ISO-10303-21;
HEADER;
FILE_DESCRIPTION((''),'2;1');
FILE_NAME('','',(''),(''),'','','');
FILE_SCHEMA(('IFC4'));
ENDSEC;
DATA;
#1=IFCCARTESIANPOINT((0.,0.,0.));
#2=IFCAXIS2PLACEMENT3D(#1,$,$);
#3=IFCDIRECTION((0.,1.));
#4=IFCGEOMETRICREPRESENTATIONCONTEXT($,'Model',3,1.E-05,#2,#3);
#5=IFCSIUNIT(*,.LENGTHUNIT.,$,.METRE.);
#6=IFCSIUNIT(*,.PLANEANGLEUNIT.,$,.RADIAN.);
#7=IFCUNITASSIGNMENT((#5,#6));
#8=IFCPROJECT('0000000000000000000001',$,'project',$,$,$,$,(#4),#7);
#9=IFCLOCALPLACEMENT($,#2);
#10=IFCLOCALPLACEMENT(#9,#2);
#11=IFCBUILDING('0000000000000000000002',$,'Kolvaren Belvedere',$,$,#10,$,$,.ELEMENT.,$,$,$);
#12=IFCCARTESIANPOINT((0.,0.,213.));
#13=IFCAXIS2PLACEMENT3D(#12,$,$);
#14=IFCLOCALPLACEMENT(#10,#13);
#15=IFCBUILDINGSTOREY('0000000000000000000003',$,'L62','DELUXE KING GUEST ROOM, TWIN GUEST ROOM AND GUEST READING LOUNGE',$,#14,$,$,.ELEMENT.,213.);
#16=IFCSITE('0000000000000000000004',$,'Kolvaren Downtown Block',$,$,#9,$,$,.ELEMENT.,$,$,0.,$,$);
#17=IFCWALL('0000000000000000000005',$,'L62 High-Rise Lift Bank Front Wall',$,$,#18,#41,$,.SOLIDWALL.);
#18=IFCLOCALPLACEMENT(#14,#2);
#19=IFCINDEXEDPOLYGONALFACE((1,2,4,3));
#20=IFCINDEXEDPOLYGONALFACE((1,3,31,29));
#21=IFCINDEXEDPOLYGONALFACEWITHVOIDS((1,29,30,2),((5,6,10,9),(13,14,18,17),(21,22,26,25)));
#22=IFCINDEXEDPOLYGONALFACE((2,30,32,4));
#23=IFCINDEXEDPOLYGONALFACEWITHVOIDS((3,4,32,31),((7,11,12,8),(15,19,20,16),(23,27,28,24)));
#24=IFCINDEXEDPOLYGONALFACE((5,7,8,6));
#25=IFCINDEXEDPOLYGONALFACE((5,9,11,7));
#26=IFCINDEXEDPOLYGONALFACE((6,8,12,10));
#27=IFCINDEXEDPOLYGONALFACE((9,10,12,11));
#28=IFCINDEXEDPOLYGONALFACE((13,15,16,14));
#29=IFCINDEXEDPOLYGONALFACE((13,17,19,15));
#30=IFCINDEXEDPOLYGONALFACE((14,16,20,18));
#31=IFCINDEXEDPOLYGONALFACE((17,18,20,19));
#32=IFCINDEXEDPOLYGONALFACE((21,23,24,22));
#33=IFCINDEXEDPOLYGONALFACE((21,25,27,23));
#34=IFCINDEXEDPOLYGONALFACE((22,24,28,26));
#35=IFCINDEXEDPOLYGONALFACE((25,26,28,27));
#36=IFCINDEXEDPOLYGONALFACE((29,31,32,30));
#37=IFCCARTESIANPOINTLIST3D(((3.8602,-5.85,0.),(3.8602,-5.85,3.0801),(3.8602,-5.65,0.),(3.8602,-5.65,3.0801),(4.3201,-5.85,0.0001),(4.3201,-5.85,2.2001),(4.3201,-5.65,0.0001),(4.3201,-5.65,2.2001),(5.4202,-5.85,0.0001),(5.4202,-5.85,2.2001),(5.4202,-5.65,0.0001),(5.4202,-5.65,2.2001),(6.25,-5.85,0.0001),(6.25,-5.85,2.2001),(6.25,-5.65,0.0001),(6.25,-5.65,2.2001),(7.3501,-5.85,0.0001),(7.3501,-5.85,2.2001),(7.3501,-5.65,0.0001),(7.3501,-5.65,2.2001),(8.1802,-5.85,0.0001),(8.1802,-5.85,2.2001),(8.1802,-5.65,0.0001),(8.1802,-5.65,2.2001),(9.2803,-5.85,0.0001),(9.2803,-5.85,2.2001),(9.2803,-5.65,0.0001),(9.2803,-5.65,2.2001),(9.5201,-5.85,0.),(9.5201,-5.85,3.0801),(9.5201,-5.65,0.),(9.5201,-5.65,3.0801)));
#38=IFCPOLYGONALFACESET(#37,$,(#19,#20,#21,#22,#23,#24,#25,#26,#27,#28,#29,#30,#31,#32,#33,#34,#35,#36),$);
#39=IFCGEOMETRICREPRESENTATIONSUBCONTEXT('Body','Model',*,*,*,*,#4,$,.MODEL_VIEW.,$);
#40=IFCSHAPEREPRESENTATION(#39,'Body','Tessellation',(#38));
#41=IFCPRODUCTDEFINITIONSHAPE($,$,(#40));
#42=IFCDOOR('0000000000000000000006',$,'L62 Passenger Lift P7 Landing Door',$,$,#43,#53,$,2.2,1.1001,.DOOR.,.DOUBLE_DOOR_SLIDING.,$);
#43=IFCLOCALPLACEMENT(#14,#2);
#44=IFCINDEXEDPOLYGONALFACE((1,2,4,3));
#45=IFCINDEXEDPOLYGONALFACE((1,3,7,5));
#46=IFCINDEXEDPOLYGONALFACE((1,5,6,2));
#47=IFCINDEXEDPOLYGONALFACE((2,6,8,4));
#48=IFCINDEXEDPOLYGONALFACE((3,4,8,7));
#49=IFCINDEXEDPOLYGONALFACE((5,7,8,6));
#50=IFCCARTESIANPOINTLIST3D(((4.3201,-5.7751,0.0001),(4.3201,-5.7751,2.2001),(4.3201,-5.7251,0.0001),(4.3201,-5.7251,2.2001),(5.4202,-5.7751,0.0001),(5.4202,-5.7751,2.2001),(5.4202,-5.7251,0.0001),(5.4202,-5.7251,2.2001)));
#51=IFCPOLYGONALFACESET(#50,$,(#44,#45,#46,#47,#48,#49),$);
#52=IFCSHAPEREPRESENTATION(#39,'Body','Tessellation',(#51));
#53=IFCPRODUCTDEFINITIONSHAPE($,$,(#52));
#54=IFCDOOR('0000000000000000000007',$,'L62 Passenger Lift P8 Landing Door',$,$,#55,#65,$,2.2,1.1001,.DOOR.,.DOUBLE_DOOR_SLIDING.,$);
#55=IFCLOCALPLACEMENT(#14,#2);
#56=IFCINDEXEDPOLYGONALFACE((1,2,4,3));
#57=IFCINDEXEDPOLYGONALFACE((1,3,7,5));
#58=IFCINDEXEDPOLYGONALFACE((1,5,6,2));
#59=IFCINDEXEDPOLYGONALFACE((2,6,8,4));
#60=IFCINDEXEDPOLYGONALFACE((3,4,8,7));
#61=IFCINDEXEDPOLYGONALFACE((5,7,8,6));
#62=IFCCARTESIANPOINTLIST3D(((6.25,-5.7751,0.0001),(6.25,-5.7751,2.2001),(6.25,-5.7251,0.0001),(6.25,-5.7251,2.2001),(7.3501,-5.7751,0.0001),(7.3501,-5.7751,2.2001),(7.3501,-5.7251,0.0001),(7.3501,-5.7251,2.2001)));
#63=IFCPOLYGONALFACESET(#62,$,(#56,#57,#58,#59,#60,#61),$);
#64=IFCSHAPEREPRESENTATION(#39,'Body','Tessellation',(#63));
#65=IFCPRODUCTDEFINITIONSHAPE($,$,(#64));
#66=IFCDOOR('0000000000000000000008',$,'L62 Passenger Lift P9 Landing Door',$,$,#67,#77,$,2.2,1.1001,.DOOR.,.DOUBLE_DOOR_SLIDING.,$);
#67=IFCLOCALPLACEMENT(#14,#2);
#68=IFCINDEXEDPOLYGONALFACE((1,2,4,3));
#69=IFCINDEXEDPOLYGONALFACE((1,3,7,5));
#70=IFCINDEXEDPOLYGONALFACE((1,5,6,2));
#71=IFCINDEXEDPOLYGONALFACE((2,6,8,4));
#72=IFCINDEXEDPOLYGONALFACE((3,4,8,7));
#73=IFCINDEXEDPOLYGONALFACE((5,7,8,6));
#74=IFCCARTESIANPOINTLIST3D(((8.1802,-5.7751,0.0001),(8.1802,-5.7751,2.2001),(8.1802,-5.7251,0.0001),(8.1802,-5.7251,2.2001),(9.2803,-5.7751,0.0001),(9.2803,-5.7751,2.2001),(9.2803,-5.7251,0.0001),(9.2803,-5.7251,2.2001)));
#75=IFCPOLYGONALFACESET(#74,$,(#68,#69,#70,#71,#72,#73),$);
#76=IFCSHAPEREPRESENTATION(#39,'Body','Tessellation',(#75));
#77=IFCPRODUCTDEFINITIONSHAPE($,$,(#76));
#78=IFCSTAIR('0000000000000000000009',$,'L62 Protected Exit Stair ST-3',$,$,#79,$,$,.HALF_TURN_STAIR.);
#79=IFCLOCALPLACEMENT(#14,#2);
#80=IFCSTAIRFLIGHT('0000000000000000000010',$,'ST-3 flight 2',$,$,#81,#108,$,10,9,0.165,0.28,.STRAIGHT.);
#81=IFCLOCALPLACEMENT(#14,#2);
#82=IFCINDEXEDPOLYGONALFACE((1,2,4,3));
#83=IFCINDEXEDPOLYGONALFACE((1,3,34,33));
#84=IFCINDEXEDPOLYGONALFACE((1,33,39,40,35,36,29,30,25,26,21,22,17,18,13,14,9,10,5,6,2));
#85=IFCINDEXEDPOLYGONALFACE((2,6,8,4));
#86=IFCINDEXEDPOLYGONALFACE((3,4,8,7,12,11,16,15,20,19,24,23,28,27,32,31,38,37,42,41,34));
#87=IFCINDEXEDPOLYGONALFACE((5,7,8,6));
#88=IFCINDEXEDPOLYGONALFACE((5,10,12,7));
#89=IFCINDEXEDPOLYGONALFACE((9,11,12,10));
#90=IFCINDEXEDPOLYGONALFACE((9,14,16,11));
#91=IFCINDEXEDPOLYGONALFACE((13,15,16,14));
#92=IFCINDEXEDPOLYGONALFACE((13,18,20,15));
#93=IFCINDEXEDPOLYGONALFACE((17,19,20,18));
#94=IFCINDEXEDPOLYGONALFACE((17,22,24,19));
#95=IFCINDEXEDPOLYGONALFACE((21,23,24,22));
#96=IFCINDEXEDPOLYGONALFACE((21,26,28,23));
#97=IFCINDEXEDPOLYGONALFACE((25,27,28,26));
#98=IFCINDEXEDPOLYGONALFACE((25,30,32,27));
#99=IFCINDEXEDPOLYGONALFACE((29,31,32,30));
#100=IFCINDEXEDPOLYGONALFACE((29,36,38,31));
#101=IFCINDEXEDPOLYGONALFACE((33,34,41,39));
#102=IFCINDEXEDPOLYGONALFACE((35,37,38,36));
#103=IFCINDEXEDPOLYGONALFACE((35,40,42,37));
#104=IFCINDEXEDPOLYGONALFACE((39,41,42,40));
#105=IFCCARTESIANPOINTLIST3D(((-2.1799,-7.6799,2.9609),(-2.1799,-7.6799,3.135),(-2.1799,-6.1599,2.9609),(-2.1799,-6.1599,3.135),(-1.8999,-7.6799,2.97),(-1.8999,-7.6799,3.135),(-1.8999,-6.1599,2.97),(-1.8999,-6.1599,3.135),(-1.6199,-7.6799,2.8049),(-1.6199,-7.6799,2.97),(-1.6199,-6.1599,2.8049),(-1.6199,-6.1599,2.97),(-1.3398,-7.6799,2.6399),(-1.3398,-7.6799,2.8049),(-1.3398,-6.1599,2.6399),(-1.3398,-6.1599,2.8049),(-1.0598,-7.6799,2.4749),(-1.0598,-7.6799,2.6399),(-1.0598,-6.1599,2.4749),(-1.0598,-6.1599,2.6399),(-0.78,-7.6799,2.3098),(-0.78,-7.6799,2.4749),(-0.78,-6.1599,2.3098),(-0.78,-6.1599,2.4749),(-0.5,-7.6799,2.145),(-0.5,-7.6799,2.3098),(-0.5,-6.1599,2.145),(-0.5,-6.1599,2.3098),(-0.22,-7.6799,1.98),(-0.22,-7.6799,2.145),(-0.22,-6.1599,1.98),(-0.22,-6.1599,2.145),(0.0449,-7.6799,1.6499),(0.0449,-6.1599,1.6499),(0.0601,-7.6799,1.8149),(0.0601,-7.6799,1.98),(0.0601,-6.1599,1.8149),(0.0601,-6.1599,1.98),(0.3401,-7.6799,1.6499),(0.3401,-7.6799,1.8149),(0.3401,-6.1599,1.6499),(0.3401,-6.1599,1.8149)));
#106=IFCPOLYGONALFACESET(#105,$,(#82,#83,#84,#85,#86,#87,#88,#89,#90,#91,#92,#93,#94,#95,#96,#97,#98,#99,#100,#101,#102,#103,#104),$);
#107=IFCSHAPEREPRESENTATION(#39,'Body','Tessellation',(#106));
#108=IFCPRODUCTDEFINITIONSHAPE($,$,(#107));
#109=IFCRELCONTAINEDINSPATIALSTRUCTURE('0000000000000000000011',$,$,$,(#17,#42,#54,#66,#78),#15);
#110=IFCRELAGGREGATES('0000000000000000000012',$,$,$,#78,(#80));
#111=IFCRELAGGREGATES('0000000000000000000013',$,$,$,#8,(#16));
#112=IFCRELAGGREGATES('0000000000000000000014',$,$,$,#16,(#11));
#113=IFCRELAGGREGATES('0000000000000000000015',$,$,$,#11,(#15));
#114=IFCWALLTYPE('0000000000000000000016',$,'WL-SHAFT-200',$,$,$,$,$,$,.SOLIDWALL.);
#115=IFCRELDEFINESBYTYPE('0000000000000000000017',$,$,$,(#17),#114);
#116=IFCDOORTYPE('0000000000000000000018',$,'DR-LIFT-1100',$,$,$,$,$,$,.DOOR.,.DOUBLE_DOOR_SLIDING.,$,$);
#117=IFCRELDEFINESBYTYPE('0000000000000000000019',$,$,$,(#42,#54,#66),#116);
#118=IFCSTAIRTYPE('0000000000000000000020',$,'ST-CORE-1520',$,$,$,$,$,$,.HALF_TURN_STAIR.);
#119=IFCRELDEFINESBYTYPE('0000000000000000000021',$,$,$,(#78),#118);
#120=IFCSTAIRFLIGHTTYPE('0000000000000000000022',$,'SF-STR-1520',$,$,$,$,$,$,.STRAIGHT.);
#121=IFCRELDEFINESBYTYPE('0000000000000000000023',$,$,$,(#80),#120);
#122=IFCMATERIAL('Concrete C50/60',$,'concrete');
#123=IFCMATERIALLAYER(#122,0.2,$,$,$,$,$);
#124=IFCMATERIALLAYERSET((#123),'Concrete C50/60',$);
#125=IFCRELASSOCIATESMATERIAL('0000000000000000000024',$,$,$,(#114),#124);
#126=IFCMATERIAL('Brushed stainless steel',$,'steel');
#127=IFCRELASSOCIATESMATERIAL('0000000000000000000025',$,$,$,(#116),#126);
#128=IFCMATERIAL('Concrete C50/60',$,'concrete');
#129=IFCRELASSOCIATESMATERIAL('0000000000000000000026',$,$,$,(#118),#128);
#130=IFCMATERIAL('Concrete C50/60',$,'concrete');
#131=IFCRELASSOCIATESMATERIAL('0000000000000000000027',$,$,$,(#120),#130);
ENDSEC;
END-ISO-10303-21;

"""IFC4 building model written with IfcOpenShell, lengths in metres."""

from ifc_helpers import new_model, si_unit, direction, frame, frame_2d, origin, place, context, subcontext, project, spatial, polyline, rectangle, outline, extrude, material, layer, layer_set, type_object, element, fill, aggregate, save


model = new_model("IFC4")

# Units and contexts
model_context = context("Model", 3, precision=1e-05, world=origin(), true_north=direction((0.0, 1.0)))
body_context = subcontext(model_context, "Body", "Model", "MODEL_VIEW")
ifc_project = project(units=[si_unit("LENGTHUNIT", "METRE"), si_unit("PLANEANGLEUNIT", "RADIAN")], contexts=[model_context])

# Site, building, storey
site_placement = place(None, origin())
site = spatial("IfcSite", under=ifc_project, at=site_placement, Name="Kolvaren Downtown Block", CompositionType="ELEMENT", RefElevation=0.0)
building_placement = place(site_placement, origin())
building = spatial("IfcBuilding", under=site, at=building_placement, Name="Kolvaren Belvedere", CompositionType="ELEMENT")
storey_placement = place(building_placement, frame((0.0, 0.0, 213.0)))
storey = spatial("IfcBuildingStorey", under=building, at=storey_placement, Name="L62", Description="DELUXE KING GUEST ROOM, TWIN GUEST ROOM AND GUEST READING LOUNGE", CompositionType="ELEMENT", Elevation=213.0)

# Shared definitions
ifc_material_1 = material(Name="Concrete C50/60", Category="concrete")
ifc_layer_1 = layer(ifc_material_1, 0.2)
ifc_layer_set_1 = layer_set([ifc_layer_1], Name="Concrete C50/60")
wall_type_1 = type_object("IfcWallType", Name="WL-SHAFT-200", PredefinedType="SOLIDWALL", material=ifc_layer_set_1)
ifc_material_2 = material(Name="Brushed stainless steel", Category="steel")
door_type_1 = type_object("IfcDoorType", Name="DR-LIFT-1100", OperationType="DOUBLE_DOOR_SLIDING", PredefinedType="DOOR", material=ifc_material_2)

# Wall, openings, doors
wall_1_placement = place(storey_placement, frame((3.8601, -5.75, 0.0), z_axis=(0.0, 0.0, 1.0), x_axis=(1.0, 0.0, 0.0)))
wall_1 = element("IfcWall", 1, at=wall_1_placement, inside=storey, type_object=wall_type_1, Name="L62 High-Rise Lift Bank Front Wall", PredefinedType="SOLIDWALL", context=body_context, shape_type="SweptSolid", body=[
    extrude(rectangle(XDim=5.6599, YDim=0.2, at=frame_2d((2.8301, 0.0))), origin(), (0.0, 0.0, 1.0), 3.0801),
])
opening_1_placement = place(wall_1_placement, frame((0.46, 0.0, 0.0)))
opening_1 = element("IfcOpeningElement", 2, at=opening_1_placement, cuts=wall_1, PredefinedType="OPENING", context=body_context, shape_type="SweptSolid", body=[
    extrude(rectangle(XDim=1.1001, YDim=2.2, at=frame_2d((0.55, 1.1001))), frame((0.0, 0.1099, 0.0), z_axis=(0.0, -1.0, 0.0), x_axis=(1.0, 0.0, 0.0)), (0.0, 0.0, 1.0), 0.22),
])
opening_2_placement = place(wall_1_placement, frame((2.3899, 0.0, 0.0)))
opening_2 = element("IfcOpeningElement", 3, at=opening_2_placement, cuts=wall_1, PredefinedType="OPENING", context=body_context, shape_type="SweptSolid", body=[
    extrude(rectangle(XDim=1.1001, YDim=2.2, at=frame_2d((0.55, 1.1001))), frame((0.0, 0.1099, 0.0), z_axis=(0.0, -1.0, 0.0), x_axis=(1.0, 0.0, 0.0)), (0.0, 0.0, 1.0), 0.22),
])
opening_3_placement = place(wall_1_placement, frame((4.3201, 0.0, 0.0)))
opening_3 = element("IfcOpeningElement", 4, at=opening_3_placement, cuts=wall_1, PredefinedType="OPENING", context=body_context, shape_type="SweptSolid", body=[
    extrude(rectangle(XDim=1.1001, YDim=2.2, at=frame_2d((0.55, 1.1001))), frame((0.0, 0.1099, 0.0), z_axis=(0.0, -1.0, 0.0), x_axis=(1.0, 0.0, 0.0)), (0.0, 0.0, 1.0), 0.22),
])
door_1_placement = place(opening_1_placement, origin())
door_1 = element("IfcDoor", 5, at=door_1_placement, inside=storey, type_object=door_type_1, Name="L62 Passenger Lift P7 Landing Door", OperationType="DOUBLE_DOOR_SLIDING", OverallHeight=2.2, OverallWidth=1.1001, PredefinedType="DOOR", context=body_context, shape_type="SweptSolid", body=[
    extrude(rectangle(XDim=1.1001, YDim=2.2, at=frame_2d((0.55, 1.1001))), frame((0.0, 0.0249, 0.0), z_axis=(0.0, -1.0, 0.0), x_axis=(1.0, 0.0, 0.0)), (0.0, 0.0, 1.0), 0.05),
])
fill(opening_1, door_1)
door_2_placement = place(opening_2_placement, origin())
door_2 = element("IfcDoor", 6, at=door_2_placement, inside=storey, type_object=door_type_1, Name="L62 Passenger Lift P8 Landing Door", OperationType="DOUBLE_DOOR_SLIDING", OverallHeight=2.2, OverallWidth=1.1001, PredefinedType="DOOR", context=body_context, shape_type="SweptSolid", body=[
    extrude(rectangle(XDim=1.1001, YDim=2.2, at=frame_2d((0.55, 1.1001))), frame((0.0, 0.0249, 0.0), z_axis=(0.0, -1.0, 0.0), x_axis=(1.0, 0.0, 0.0)), (0.0, 0.0, 1.0), 0.05),
])
fill(opening_2, door_2)
door_3_placement = place(opening_3_placement, origin())
door_3 = element("IfcDoor", 7, at=door_3_placement, inside=storey, type_object=door_type_1, Name="L62 Passenger Lift P9 Landing Door", OperationType="DOUBLE_DOOR_SLIDING", OverallHeight=2.2, OverallWidth=1.1001, PredefinedType="DOOR", context=body_context, shape_type="SweptSolid", body=[
    extrude(rectangle(XDim=1.1001, YDim=2.2, at=frame_2d((0.55, 1.1001))), frame((0.0, 0.0249, 0.0), z_axis=(0.0, -1.0, 0.0), x_axis=(1.0, 0.0, 0.0)), (0.0, 0.0, 1.0), 0.05),
])
fill(opening_3, door_3)

# Stair, stair flight
ifc_material_3 = material(Name="Concrete C50/60", Category="concrete")
stair_type = type_object("IfcStairType", Name="ST-CORE-1520", PredefinedType="HALF_TURN_STAIR", material=ifc_material_3)
stair_placement = place(storey_placement, origin())
stair = element("IfcStair", 8, at=stair_placement, inside=storey, type_object=stair_type, Name="L62 Protected Exit Stair ST-3", PredefinedType="HALF_TURN_STAIR")
ifc_material_4 = material(Name="Concrete C50/60", Category="concrete")
stair_flight_type = type_object("IfcStairFlightType", Name="SF-STR-1520", PredefinedType="STRAIGHT", material=ifc_material_4)
stair_flight_placement = place(storey_placement, frame((0.3401, -6.9199, 1.6499), z_axis=(0.0, 0.0, 1.0), x_axis=(-1.0, 0.0, 0.0)))
stair_flight = element("IfcStairFlight", 9, at=stair_flight_placement, type_object=stair_flight_type, Name="ST-3 flight 2", NumberOfRisers=10, NumberOfTreads=9, PredefinedType="STRAIGHT", RiserHeight=0.165, TreadLength=0.28, context=body_context, shape_type="SweptSolid", body=[
    extrude(outline(polyline([(0.0, 0.0), (0.0, 0.165), (0.28, 0.165), (0.28, 0.3301), (0.5601, 0.3301), (0.5601, 0.4951), (0.8401, 0.4951), (0.8401, 0.6599), (1.1201, 0.6599), (1.1201, 0.825), (1.3999, 0.825), (1.3999, 0.99), (1.6799, 0.99), (1.6799, 1.155), (1.96, 1.155), (1.96, 1.3201), (2.24, 1.3201), (2.24, 1.4851), (2.52, 1.4851), (2.52, 1.6499), (2.52, 1.311), (0.2952, 0.0), (0.0, 0.0)])), frame((0.0, 0.76, 0.0), z_axis=(0.0, -1.0, 0.0), x_axis=(1.0, 0.0, 0.0)), (0.0, 0.0, 1.0), 1.52),
])
aggregate(stair, [stair_flight])

save(model, "model.ifc")
